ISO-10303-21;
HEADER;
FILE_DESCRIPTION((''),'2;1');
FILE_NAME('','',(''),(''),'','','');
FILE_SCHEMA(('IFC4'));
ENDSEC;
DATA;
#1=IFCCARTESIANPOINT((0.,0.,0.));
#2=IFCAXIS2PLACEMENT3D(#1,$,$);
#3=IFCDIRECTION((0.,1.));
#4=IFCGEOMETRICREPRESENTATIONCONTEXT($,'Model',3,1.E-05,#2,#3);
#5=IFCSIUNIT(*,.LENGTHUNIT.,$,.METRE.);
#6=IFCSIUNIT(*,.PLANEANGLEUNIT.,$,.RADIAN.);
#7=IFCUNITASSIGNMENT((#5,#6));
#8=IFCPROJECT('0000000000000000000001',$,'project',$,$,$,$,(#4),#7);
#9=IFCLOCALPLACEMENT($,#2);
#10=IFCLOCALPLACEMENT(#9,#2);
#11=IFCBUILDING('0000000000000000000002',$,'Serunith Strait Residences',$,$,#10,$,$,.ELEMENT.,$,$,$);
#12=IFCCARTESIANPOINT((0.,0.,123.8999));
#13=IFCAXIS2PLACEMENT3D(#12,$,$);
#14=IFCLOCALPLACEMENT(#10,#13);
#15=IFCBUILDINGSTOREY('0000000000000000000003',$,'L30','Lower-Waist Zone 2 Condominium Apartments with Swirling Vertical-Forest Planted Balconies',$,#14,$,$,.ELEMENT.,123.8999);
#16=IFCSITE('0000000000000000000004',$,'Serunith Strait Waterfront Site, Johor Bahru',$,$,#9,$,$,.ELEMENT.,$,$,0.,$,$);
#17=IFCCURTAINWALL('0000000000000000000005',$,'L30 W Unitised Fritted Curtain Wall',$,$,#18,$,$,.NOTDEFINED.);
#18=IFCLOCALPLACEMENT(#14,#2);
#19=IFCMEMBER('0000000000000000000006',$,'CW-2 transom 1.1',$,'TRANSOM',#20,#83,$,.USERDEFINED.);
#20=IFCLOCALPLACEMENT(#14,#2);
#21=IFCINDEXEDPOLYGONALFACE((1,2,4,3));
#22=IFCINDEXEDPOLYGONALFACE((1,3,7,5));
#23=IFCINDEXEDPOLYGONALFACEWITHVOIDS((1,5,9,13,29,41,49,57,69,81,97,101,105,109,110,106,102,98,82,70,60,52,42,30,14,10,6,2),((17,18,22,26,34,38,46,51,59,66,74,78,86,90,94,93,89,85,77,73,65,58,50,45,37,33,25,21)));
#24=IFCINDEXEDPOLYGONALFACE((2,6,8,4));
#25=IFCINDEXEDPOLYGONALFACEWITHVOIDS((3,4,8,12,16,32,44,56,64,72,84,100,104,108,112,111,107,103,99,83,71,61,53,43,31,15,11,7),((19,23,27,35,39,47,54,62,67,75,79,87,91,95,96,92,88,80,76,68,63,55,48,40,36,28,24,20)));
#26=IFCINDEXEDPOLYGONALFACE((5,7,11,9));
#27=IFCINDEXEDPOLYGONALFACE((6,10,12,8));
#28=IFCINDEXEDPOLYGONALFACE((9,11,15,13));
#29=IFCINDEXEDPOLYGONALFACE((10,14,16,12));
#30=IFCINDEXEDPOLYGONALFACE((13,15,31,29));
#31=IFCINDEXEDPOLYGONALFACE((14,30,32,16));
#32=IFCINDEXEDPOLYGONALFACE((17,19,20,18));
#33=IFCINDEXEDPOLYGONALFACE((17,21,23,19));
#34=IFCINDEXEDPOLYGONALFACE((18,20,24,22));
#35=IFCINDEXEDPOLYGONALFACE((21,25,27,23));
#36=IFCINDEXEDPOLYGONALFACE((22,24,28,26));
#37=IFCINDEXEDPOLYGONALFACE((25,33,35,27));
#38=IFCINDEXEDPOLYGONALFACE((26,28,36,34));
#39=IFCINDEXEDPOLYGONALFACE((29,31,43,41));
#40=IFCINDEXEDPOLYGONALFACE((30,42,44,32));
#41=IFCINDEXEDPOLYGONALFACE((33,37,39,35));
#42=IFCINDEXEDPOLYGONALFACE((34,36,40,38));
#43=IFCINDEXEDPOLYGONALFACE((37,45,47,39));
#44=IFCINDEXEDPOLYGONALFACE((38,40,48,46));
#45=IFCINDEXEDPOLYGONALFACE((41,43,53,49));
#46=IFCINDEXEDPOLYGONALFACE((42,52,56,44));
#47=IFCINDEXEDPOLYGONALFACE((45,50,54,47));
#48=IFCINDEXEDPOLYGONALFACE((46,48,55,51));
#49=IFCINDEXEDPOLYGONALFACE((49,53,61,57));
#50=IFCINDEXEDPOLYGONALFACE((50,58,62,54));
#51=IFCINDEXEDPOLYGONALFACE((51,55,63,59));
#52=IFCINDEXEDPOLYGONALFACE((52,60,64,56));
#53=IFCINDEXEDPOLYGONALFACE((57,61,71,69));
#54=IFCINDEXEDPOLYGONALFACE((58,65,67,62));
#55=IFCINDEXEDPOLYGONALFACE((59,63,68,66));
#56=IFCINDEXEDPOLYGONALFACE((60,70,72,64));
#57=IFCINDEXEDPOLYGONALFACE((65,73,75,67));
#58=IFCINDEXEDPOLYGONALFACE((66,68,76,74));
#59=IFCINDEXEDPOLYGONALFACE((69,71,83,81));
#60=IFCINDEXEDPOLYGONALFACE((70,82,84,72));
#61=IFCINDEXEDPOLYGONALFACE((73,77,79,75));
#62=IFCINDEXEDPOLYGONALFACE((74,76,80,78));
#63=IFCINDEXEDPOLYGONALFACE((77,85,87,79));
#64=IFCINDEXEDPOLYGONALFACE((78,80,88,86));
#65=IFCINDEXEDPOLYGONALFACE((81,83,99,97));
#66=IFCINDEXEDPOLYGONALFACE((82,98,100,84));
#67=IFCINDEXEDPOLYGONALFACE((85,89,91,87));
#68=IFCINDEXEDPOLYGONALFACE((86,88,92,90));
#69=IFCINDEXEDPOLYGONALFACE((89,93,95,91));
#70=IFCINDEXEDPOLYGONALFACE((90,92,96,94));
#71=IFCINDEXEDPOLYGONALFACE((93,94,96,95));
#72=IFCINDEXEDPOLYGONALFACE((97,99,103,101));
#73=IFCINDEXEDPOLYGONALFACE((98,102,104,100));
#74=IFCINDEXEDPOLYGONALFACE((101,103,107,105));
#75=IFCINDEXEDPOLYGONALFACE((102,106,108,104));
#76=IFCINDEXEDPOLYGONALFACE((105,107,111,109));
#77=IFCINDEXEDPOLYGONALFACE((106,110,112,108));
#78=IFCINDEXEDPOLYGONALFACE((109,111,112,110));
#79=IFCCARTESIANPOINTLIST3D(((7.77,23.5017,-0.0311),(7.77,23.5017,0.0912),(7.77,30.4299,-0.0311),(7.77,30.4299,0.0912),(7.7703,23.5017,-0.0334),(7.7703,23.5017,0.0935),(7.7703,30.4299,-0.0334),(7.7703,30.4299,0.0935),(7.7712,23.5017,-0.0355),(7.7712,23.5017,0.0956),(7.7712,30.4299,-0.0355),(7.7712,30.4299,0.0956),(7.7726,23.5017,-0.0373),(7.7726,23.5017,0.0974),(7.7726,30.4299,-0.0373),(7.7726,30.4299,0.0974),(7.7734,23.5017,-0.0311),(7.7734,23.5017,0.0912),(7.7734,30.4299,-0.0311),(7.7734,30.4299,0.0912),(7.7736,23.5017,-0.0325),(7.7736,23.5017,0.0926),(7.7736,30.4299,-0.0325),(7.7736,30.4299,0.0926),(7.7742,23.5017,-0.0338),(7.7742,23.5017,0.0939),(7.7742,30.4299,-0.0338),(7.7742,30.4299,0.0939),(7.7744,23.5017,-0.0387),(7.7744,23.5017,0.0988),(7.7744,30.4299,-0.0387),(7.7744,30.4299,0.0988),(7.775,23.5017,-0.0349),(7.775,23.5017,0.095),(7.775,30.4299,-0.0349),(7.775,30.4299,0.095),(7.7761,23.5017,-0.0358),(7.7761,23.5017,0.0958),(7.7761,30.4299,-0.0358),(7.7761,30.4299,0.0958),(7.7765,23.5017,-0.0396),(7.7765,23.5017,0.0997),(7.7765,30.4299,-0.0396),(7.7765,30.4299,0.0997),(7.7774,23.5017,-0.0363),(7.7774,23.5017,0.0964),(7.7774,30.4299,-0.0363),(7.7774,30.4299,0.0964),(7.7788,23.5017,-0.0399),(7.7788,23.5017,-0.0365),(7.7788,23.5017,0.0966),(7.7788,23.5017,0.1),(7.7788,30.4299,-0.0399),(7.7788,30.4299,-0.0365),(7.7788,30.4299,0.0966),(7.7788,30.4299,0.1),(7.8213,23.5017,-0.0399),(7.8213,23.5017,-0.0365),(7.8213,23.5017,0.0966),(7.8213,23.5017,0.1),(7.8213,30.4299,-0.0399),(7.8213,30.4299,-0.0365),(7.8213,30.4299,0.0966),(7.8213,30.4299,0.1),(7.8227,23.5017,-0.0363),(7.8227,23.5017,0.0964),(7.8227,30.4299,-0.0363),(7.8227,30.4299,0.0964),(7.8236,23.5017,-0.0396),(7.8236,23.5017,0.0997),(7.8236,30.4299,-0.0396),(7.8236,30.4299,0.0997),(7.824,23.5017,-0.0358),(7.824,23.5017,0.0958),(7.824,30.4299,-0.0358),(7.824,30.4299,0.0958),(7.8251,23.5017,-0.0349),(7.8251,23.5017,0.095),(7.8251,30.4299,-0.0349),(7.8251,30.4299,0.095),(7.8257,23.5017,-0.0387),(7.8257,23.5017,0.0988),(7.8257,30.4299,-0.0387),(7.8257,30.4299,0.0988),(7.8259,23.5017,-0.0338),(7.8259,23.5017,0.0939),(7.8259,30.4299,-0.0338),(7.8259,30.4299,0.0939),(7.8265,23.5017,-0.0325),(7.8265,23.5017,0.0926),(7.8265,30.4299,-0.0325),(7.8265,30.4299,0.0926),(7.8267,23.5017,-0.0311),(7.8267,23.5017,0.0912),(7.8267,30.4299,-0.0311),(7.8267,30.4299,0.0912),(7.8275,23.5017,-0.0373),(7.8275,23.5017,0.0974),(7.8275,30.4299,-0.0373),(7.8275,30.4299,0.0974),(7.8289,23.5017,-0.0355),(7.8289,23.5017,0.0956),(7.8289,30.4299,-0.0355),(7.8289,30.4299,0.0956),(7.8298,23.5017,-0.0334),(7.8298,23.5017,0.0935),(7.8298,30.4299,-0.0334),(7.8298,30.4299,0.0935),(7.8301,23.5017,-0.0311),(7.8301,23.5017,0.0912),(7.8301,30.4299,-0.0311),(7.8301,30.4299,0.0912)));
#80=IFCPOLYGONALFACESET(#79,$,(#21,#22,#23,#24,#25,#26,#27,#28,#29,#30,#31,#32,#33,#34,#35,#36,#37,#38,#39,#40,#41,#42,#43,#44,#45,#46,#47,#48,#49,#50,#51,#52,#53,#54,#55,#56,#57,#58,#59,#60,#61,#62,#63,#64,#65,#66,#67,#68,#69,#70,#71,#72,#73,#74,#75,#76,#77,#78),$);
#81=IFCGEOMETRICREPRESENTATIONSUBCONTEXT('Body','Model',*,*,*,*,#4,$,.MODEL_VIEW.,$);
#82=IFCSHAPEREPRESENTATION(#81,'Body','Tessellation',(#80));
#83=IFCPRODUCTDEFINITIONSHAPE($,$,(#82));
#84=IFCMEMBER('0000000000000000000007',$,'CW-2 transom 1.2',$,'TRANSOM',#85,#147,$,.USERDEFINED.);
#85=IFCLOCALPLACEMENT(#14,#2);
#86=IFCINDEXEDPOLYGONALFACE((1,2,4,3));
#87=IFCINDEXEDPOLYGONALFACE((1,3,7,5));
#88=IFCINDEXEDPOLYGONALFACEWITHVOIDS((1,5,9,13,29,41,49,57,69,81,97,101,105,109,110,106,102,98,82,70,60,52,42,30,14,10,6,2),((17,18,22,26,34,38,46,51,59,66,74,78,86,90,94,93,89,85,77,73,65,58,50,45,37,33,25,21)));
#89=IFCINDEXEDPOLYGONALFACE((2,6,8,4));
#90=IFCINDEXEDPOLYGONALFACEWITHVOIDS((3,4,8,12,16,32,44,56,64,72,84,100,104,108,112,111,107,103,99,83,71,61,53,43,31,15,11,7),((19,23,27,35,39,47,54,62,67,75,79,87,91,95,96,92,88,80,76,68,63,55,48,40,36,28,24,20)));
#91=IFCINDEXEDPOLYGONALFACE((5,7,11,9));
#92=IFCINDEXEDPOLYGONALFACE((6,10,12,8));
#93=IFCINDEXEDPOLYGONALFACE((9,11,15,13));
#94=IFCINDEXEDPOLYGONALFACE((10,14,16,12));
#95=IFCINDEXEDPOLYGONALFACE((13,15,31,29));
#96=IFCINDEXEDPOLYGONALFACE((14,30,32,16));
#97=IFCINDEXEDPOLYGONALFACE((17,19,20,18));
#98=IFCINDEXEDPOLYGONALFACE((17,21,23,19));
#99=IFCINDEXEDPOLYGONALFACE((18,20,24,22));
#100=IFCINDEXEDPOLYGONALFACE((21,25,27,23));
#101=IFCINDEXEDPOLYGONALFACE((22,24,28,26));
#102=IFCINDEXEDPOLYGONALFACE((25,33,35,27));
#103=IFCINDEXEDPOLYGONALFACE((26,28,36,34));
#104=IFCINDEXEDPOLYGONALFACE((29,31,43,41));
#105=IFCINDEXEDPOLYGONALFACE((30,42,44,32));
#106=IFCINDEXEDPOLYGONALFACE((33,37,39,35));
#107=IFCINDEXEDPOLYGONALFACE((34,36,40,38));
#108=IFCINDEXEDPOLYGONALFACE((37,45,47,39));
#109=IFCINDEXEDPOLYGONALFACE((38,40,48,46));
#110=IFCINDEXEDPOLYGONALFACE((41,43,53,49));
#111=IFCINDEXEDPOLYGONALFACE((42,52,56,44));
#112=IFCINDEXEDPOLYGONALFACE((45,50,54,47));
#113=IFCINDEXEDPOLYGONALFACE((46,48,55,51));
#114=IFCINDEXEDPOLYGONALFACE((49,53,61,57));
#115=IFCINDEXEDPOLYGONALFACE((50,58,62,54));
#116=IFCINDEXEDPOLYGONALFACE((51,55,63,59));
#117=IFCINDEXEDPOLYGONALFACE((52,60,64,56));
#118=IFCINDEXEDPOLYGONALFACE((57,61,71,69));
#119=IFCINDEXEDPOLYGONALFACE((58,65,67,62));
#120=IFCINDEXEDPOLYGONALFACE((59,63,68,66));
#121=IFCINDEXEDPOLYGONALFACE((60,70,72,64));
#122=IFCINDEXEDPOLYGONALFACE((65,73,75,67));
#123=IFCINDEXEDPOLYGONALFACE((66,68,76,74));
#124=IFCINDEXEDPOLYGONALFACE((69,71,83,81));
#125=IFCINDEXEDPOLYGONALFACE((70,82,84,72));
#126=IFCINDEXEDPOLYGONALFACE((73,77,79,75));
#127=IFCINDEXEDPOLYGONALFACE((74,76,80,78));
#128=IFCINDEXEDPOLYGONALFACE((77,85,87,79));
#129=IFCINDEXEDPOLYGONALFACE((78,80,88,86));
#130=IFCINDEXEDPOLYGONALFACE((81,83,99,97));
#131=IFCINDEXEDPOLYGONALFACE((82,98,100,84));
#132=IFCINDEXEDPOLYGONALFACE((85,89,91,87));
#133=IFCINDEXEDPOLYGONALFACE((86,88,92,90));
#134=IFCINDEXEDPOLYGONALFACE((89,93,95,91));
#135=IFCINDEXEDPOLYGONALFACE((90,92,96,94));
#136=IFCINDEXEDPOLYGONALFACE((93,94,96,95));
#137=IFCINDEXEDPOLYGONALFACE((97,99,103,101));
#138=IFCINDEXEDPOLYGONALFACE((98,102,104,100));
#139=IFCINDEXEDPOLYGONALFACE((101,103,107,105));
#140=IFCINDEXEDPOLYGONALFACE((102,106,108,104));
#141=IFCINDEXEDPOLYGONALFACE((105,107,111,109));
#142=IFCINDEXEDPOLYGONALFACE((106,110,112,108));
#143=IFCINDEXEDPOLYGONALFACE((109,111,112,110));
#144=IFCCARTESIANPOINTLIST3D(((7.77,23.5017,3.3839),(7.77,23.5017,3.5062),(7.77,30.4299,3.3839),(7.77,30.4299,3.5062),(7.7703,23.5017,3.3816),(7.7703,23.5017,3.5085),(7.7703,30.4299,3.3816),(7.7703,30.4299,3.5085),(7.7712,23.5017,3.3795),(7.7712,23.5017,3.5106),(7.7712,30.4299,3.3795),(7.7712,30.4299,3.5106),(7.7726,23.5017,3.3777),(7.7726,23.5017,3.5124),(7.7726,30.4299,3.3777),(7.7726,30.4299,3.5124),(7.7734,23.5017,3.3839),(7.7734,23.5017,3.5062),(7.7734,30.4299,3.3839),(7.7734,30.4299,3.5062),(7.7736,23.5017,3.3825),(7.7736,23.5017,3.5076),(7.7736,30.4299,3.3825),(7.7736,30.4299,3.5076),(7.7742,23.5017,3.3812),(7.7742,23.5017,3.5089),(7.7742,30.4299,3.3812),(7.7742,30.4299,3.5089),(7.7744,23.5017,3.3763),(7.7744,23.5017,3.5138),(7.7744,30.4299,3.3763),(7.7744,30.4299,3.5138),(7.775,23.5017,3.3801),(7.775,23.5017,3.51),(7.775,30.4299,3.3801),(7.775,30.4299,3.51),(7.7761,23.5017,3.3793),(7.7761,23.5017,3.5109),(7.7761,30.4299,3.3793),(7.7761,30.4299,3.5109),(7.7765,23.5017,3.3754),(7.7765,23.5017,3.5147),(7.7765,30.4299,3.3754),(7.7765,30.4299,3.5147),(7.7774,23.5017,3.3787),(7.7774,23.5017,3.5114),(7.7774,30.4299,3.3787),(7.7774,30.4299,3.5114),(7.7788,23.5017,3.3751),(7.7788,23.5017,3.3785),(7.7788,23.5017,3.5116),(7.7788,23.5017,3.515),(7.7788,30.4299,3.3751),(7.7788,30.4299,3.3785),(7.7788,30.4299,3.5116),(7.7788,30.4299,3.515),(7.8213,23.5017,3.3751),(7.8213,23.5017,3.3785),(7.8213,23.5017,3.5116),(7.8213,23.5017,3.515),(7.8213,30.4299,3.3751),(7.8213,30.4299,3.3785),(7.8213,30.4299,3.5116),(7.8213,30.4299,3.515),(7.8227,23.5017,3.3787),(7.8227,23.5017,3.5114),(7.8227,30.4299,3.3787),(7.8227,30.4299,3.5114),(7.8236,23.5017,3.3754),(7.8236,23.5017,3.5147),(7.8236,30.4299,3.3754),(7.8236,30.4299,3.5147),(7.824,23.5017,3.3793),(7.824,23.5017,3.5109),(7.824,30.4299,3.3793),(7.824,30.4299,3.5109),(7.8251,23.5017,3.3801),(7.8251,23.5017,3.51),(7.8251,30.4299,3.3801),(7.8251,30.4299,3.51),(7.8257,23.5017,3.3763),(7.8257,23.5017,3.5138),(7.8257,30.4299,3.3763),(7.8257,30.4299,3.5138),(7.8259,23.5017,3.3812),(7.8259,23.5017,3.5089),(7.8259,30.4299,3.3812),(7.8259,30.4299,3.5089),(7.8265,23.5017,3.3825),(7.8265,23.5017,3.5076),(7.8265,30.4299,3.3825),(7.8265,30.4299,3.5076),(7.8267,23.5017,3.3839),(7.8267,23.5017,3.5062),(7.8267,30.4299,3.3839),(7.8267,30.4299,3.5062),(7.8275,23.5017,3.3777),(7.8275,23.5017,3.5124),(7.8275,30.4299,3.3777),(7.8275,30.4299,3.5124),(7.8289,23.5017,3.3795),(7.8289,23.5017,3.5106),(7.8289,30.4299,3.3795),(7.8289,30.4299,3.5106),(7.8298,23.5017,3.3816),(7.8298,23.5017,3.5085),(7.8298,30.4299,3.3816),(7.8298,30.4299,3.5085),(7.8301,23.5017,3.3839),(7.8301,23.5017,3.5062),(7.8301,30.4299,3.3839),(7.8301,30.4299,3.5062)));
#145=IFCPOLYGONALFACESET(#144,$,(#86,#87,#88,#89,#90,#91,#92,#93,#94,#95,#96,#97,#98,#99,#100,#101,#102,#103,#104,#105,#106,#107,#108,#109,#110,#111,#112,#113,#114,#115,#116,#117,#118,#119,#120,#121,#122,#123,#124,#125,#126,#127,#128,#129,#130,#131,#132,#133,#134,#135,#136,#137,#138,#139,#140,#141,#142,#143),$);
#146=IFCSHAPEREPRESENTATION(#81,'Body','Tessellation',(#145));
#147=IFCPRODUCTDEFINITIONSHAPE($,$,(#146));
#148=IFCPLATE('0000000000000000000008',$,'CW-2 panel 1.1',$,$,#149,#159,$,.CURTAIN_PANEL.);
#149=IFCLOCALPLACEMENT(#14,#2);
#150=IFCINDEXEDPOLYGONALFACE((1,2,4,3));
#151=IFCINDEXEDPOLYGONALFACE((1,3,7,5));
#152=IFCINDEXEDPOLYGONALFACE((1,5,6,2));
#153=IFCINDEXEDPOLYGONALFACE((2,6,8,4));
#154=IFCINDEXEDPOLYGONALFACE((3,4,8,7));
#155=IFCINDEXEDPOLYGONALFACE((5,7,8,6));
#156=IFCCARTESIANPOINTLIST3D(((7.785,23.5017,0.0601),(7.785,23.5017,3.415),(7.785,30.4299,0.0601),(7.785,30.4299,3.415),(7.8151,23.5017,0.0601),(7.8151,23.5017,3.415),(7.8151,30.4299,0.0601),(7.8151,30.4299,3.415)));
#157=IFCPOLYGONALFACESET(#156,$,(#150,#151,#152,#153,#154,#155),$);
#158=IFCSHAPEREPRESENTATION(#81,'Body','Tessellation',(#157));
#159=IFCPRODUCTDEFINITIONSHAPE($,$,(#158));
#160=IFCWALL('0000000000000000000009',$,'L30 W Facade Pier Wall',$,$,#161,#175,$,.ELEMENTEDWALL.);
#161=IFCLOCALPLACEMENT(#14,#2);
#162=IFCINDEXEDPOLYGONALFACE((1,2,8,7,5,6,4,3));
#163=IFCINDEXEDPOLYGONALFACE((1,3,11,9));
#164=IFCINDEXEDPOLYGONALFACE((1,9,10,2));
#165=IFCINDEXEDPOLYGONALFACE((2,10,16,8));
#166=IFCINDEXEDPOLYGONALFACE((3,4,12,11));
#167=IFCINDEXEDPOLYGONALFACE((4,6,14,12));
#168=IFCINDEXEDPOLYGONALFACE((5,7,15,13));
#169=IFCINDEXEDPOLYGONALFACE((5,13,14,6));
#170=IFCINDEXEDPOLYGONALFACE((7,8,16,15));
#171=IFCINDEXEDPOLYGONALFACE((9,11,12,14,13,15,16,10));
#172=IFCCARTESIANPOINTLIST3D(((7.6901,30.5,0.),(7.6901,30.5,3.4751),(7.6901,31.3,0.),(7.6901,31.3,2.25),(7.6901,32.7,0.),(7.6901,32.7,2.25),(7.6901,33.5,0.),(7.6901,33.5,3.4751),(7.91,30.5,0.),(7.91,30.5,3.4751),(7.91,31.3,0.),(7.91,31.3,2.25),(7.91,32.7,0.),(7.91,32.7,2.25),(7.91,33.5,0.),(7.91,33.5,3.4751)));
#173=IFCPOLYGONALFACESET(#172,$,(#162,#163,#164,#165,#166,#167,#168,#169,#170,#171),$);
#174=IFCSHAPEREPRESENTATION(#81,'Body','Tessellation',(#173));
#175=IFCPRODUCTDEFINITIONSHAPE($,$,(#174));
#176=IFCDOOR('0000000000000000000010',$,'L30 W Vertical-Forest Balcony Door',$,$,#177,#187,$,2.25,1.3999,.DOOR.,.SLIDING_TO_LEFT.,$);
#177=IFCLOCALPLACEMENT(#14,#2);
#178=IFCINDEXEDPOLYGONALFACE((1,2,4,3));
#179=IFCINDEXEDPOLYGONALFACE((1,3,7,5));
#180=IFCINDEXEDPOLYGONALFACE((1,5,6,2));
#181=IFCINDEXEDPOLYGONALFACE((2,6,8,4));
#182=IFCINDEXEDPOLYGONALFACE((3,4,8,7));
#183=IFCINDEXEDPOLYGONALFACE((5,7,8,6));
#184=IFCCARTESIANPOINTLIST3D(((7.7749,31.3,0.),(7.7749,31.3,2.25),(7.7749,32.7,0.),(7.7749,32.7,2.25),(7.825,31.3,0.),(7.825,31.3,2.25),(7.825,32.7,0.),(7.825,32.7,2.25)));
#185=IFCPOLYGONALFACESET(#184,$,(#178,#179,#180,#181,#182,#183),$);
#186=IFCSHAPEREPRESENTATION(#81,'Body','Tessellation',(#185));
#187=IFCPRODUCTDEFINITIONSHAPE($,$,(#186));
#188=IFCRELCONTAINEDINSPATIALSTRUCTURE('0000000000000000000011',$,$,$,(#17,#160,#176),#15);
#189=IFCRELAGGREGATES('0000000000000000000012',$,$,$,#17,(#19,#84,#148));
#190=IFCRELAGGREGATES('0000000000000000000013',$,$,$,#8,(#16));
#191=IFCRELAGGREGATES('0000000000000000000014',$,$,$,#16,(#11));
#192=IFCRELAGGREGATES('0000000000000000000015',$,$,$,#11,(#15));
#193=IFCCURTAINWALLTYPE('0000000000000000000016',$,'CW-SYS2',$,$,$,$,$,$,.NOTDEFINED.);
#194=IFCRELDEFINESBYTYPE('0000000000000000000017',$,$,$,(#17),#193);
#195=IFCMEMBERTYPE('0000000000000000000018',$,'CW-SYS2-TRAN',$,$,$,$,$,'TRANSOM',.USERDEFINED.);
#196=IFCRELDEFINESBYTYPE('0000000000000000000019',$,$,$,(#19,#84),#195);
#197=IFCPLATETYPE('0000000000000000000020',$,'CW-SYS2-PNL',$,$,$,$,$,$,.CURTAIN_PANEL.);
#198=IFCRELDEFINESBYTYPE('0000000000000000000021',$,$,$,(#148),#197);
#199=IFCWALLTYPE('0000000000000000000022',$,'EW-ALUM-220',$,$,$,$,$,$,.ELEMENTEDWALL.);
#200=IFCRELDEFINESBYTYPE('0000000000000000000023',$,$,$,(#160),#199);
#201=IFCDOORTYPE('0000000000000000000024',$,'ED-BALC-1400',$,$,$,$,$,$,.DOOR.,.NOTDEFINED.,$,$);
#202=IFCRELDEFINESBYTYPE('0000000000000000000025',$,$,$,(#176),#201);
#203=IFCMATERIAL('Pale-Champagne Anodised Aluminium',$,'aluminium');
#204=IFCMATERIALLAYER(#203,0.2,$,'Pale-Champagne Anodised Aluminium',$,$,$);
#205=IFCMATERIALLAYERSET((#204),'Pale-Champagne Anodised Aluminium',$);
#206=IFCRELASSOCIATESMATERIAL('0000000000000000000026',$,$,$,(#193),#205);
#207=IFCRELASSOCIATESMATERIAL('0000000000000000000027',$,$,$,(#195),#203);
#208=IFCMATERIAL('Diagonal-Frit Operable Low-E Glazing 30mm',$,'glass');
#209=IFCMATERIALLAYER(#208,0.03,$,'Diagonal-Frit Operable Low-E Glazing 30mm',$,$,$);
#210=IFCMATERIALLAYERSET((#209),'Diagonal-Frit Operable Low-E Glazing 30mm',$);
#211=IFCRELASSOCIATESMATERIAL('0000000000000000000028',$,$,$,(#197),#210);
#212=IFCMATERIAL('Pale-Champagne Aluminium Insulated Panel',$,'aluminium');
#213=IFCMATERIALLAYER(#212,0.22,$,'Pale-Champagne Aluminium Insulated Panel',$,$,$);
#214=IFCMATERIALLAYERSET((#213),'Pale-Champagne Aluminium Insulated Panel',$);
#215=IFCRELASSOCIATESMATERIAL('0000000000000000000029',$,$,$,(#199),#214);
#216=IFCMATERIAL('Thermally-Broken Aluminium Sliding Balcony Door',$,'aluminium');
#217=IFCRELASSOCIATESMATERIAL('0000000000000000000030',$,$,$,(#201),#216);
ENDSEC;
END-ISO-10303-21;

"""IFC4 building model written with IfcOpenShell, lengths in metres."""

from ifc_helpers import new_model, si_unit, direction, frame, frame_2d, origin, origin_2d, place, context, subcontext, project, spatial, rectangle, hollow_rectangle, extrude, source, transform, mapped, material, layer, layer_set, material_profile, profile_set, type_object, element, fill, aggregate, save


model = new_model("IFC4")

# Units and contexts
model_context = context("Model", 3, precision=1e-05, world=origin(), true_north=direction((0.0, 1.0)))
body_context = subcontext(model_context, "Body", "Model", "MODEL_VIEW")
ifc_project = project(units=[si_unit("LENGTHUNIT", "METRE"), si_unit("PLANEANGLEUNIT", "RADIAN")], contexts=[model_context])

# Site, building, storey
site_placement = place(None, origin())
site = spatial("IfcSite", under=ifc_project, at=site_placement, Name="Serunith Strait Waterfront Site, Johor Bahru", CompositionType="ELEMENT", RefElevation=0.0)
building_placement = place(site_placement, origin())
building = spatial("IfcBuilding", under=site, at=building_placement, Name="Serunith Strait Residences", CompositionType="ELEMENT")
storey_placement = place(building_placement, frame((0.0, 0.0, 123.8999)))
storey = spatial("IfcBuildingStorey", under=building, at=storey_placement, Name="L30", Description="Lower-Waist Zone 2 Condominium Apartments with Swirling Vertical-Forest Planted Balconies", CompositionType="ELEMENT", Elevation=123.8999)

# Shared definitions
ifc_material_1 = material(Name="Pale-Champagne Anodised Aluminium", Category="aluminium")
ifc_layer_1 = layer(ifc_material_1, 0.2, Name="Pale-Champagne Anodised Aluminium")
ifc_layer_set_1 = layer_set([ifc_layer_1], Name="Pale-Champagne Anodised Aluminium")
curtain_wall_type = type_object("IfcCurtainWallType", Name="CW-SYS2", PredefinedType="NOTDEFINED", material=ifc_layer_set_1)

# Curtain wall, members, plate
curtain_wall_1_placement = place(storey_placement, origin())
curtain_wall_1 = element("IfcCurtainWall", 1, at=curtain_wall_1_placement, inside=storey, type_object=curtain_wall_type, Name="L30 W Unitised Fritted Curtain Wall", PredefinedType="NOTDEFINED")
ifc_material_profile_1 = material_profile(ifc_material_1, hollow_rectangle(XDim=0.0601, YDim=0.1399, WallThickness=0.0034, InnerFilletRadius=0.0054, OuterFilletRadius=0.0088, at=origin_2d()), Name="ALU 140x60x3.5")
ifc_profile_set_1 = profile_set([ifc_material_profile_1], Name="Pale-Champagne Anodised Aluminium")
member_type_1 = type_object("IfcMemberType", Name="CW-SYS2-TRAN", ElementType="TRANSOM", PredefinedType="USERDEFINED", material=ifc_profile_set_1)
shared_shape_1 = source(origin(), body_context, "Body", "SweptSolid", [
    extrude(hollow_rectangle(XDim=0.0601, YDim=0.1399, WallThickness=0.0034, InnerFilletRadius=0.0054, OuterFilletRadius=0.0088, at=origin_2d()), origin(), (0.0, 0.0, 1.0), 6.9282),
])
member_1_placement = place(storey_placement, frame((7.8, 30.4299, 0.03), z_axis=(0.0, -1.0, 0.0), x_axis=(1.0, 0.0, 0.0)))
member_1 = element("IfcMember", 2, at=member_1_placement, type_object=member_type_1, Name="CW-2 transom 1.1", ObjectType="TRANSOM", PredefinedType="USERDEFINED", context=body_context, shape_type="MappedRepresentation", body=[
    mapped(shared_shape_1, transform((0.0, 0.0, 0.0), scale=1.0)),
])
member_2_placement = place(storey_placement, frame((7.8, 30.4299, 3.4451), z_axis=(0.0, -1.0, 0.0), x_axis=(1.0, 0.0, 0.0)))
member_2 = element("IfcMember", 3, at=member_2_placement, type_object=member_type_1, Name="CW-2 transom 1.2", ObjectType="TRANSOM", PredefinedType="USERDEFINED", context=body_context, shape_type="MappedRepresentation", body=[
    mapped(shared_shape_1, transform((0.0, 0.0, 0.0), scale=1.0)),
])
ifc_material_2 = material(Name="Diagonal-Frit Operable Low-E Glazing 30mm", Category="glass")
ifc_layer_2 = layer(ifc_material_2, 0.03, Name="Diagonal-Frit Operable Low-E Glazing 30mm")
ifc_layer_set_2 = layer_set([ifc_layer_2], Name="Diagonal-Frit Operable Low-E Glazing 30mm")
plate_type = type_object("IfcPlateType", Name="CW-SYS2-PNL", PredefinedType="CURTAIN_PANEL", material=ifc_layer_set_2)
shared_shape_2 = source(origin(), body_context, "Body", "SweptSolid", [
    extrude(rectangle(XDim=6.9282, YDim=0.03, at=origin_2d()), origin(), (0.0, 0.0, 1.0), 3.355),
])
plate_placement = place(storey_placement, frame((7.8, 26.9658, 0.0601), z_axis=(0.0, 0.0, 1.0), x_axis=(0.0, -1.0, 0.0)))
plate = element("IfcPlate", 4, at=plate_placement, type_object=plate_type, Name="CW-2 panel 1.1", PredefinedType="CURTAIN_PANEL", context=body_context, shape_type="MappedRepresentation", body=[
    mapped(shared_shape_2, transform((0.0, 0.0, 0.0), scale=1.0)),
])
aggregate(curtain_wall_1, [member_1, member_2, plate])

# Wall, opening, door
ifc_material_3 = material(Name="Pale-Champagne Aluminium Insulated Panel", Category="aluminium")
ifc_layer_3 = layer(ifc_material_3, 0.22, Name="Pale-Champagne Aluminium Insulated Panel")
ifc_layer_set_3 = layer_set([ifc_layer_3], Name="Pale-Champagne Aluminium Insulated Panel")
wall_type_1 = type_object("IfcWallType", Name="EW-ALUM-220", PredefinedType="ELEMENTEDWALL", material=ifc_layer_set_3)
wall_1_placement = place(storey_placement, frame((7.8, 33.5, 0.0), z_axis=(0.0, 0.0, 1.0), x_axis=(0.0, -1.0, 0.0)))
wall_1 = element("IfcWall", 5, at=wall_1_placement, inside=storey, type_object=wall_type_1, Name="L30 W Facade Pier Wall", PredefinedType="ELEMENTEDWALL", context=body_context, shape_type="SweptSolid", body=[
    extrude(rectangle(XDim=3.0, YDim=0.22, at=frame_2d((1.5, 0.0))), origin(), (0.0, 0.0, 1.0), 3.4751),
])
opening_1_placement = place(wall_1_placement, frame((0.8, 0.0, 0.0)))
opening_1 = element("IfcOpeningElement", 6, at=opening_1_placement, cuts=wall_1, PredefinedType="OPENING", context=body_context, shape_type="SweptSolid", body=[
    extrude(rectangle(XDim=1.3999, YDim=2.25, at=frame_2d((0.7, 1.125))), frame((0.0, 0.1201, 0.0), z_axis=(0.0, -1.0, 0.0), x_axis=(1.0, 0.0, 0.0)), (0.0, 0.0, 1.0), 0.24),
])
ifc_material_4 = material(Name="Thermally-Broken Aluminium Sliding Balcony Door", Category="aluminium")
door_type_1 = type_object("IfcDoorType", Name="ED-BALC-1400", OperationType="NOTDEFINED", PredefinedType="DOOR", material=ifc_material_4)
shared_shape_3 = source(origin(), body_context, "Body", "SweptSolid", [
    extrude(rectangle(XDim=1.3999, YDim=2.25, at=frame_2d((0.7, 1.125))), frame((0.0, 0.0249, 0.0), z_axis=(0.0, -1.0, 0.0), x_axis=(1.0, 0.0, 0.0)), (0.0, 0.0, 1.0), 0.05),
])
door_1_placement = place(opening_1_placement, origin())
door_1 = element("IfcDoor", 7, at=door_1_placement, inside=storey, type_object=door_type_1, Name="L30 W Vertical-Forest Balcony Door", OperationType="SLIDING_TO_LEFT", OverallHeight=2.25, OverallWidth=1.3999, PredefinedType="DOOR", context=body_context, shape_type="MappedRepresentation", body=[
    mapped(shared_shape_3, transform((0.0, 0.0, 0.0), scale=1.0)),
])
fill(opening_1, door_1)

save(model, "model.ifc")
